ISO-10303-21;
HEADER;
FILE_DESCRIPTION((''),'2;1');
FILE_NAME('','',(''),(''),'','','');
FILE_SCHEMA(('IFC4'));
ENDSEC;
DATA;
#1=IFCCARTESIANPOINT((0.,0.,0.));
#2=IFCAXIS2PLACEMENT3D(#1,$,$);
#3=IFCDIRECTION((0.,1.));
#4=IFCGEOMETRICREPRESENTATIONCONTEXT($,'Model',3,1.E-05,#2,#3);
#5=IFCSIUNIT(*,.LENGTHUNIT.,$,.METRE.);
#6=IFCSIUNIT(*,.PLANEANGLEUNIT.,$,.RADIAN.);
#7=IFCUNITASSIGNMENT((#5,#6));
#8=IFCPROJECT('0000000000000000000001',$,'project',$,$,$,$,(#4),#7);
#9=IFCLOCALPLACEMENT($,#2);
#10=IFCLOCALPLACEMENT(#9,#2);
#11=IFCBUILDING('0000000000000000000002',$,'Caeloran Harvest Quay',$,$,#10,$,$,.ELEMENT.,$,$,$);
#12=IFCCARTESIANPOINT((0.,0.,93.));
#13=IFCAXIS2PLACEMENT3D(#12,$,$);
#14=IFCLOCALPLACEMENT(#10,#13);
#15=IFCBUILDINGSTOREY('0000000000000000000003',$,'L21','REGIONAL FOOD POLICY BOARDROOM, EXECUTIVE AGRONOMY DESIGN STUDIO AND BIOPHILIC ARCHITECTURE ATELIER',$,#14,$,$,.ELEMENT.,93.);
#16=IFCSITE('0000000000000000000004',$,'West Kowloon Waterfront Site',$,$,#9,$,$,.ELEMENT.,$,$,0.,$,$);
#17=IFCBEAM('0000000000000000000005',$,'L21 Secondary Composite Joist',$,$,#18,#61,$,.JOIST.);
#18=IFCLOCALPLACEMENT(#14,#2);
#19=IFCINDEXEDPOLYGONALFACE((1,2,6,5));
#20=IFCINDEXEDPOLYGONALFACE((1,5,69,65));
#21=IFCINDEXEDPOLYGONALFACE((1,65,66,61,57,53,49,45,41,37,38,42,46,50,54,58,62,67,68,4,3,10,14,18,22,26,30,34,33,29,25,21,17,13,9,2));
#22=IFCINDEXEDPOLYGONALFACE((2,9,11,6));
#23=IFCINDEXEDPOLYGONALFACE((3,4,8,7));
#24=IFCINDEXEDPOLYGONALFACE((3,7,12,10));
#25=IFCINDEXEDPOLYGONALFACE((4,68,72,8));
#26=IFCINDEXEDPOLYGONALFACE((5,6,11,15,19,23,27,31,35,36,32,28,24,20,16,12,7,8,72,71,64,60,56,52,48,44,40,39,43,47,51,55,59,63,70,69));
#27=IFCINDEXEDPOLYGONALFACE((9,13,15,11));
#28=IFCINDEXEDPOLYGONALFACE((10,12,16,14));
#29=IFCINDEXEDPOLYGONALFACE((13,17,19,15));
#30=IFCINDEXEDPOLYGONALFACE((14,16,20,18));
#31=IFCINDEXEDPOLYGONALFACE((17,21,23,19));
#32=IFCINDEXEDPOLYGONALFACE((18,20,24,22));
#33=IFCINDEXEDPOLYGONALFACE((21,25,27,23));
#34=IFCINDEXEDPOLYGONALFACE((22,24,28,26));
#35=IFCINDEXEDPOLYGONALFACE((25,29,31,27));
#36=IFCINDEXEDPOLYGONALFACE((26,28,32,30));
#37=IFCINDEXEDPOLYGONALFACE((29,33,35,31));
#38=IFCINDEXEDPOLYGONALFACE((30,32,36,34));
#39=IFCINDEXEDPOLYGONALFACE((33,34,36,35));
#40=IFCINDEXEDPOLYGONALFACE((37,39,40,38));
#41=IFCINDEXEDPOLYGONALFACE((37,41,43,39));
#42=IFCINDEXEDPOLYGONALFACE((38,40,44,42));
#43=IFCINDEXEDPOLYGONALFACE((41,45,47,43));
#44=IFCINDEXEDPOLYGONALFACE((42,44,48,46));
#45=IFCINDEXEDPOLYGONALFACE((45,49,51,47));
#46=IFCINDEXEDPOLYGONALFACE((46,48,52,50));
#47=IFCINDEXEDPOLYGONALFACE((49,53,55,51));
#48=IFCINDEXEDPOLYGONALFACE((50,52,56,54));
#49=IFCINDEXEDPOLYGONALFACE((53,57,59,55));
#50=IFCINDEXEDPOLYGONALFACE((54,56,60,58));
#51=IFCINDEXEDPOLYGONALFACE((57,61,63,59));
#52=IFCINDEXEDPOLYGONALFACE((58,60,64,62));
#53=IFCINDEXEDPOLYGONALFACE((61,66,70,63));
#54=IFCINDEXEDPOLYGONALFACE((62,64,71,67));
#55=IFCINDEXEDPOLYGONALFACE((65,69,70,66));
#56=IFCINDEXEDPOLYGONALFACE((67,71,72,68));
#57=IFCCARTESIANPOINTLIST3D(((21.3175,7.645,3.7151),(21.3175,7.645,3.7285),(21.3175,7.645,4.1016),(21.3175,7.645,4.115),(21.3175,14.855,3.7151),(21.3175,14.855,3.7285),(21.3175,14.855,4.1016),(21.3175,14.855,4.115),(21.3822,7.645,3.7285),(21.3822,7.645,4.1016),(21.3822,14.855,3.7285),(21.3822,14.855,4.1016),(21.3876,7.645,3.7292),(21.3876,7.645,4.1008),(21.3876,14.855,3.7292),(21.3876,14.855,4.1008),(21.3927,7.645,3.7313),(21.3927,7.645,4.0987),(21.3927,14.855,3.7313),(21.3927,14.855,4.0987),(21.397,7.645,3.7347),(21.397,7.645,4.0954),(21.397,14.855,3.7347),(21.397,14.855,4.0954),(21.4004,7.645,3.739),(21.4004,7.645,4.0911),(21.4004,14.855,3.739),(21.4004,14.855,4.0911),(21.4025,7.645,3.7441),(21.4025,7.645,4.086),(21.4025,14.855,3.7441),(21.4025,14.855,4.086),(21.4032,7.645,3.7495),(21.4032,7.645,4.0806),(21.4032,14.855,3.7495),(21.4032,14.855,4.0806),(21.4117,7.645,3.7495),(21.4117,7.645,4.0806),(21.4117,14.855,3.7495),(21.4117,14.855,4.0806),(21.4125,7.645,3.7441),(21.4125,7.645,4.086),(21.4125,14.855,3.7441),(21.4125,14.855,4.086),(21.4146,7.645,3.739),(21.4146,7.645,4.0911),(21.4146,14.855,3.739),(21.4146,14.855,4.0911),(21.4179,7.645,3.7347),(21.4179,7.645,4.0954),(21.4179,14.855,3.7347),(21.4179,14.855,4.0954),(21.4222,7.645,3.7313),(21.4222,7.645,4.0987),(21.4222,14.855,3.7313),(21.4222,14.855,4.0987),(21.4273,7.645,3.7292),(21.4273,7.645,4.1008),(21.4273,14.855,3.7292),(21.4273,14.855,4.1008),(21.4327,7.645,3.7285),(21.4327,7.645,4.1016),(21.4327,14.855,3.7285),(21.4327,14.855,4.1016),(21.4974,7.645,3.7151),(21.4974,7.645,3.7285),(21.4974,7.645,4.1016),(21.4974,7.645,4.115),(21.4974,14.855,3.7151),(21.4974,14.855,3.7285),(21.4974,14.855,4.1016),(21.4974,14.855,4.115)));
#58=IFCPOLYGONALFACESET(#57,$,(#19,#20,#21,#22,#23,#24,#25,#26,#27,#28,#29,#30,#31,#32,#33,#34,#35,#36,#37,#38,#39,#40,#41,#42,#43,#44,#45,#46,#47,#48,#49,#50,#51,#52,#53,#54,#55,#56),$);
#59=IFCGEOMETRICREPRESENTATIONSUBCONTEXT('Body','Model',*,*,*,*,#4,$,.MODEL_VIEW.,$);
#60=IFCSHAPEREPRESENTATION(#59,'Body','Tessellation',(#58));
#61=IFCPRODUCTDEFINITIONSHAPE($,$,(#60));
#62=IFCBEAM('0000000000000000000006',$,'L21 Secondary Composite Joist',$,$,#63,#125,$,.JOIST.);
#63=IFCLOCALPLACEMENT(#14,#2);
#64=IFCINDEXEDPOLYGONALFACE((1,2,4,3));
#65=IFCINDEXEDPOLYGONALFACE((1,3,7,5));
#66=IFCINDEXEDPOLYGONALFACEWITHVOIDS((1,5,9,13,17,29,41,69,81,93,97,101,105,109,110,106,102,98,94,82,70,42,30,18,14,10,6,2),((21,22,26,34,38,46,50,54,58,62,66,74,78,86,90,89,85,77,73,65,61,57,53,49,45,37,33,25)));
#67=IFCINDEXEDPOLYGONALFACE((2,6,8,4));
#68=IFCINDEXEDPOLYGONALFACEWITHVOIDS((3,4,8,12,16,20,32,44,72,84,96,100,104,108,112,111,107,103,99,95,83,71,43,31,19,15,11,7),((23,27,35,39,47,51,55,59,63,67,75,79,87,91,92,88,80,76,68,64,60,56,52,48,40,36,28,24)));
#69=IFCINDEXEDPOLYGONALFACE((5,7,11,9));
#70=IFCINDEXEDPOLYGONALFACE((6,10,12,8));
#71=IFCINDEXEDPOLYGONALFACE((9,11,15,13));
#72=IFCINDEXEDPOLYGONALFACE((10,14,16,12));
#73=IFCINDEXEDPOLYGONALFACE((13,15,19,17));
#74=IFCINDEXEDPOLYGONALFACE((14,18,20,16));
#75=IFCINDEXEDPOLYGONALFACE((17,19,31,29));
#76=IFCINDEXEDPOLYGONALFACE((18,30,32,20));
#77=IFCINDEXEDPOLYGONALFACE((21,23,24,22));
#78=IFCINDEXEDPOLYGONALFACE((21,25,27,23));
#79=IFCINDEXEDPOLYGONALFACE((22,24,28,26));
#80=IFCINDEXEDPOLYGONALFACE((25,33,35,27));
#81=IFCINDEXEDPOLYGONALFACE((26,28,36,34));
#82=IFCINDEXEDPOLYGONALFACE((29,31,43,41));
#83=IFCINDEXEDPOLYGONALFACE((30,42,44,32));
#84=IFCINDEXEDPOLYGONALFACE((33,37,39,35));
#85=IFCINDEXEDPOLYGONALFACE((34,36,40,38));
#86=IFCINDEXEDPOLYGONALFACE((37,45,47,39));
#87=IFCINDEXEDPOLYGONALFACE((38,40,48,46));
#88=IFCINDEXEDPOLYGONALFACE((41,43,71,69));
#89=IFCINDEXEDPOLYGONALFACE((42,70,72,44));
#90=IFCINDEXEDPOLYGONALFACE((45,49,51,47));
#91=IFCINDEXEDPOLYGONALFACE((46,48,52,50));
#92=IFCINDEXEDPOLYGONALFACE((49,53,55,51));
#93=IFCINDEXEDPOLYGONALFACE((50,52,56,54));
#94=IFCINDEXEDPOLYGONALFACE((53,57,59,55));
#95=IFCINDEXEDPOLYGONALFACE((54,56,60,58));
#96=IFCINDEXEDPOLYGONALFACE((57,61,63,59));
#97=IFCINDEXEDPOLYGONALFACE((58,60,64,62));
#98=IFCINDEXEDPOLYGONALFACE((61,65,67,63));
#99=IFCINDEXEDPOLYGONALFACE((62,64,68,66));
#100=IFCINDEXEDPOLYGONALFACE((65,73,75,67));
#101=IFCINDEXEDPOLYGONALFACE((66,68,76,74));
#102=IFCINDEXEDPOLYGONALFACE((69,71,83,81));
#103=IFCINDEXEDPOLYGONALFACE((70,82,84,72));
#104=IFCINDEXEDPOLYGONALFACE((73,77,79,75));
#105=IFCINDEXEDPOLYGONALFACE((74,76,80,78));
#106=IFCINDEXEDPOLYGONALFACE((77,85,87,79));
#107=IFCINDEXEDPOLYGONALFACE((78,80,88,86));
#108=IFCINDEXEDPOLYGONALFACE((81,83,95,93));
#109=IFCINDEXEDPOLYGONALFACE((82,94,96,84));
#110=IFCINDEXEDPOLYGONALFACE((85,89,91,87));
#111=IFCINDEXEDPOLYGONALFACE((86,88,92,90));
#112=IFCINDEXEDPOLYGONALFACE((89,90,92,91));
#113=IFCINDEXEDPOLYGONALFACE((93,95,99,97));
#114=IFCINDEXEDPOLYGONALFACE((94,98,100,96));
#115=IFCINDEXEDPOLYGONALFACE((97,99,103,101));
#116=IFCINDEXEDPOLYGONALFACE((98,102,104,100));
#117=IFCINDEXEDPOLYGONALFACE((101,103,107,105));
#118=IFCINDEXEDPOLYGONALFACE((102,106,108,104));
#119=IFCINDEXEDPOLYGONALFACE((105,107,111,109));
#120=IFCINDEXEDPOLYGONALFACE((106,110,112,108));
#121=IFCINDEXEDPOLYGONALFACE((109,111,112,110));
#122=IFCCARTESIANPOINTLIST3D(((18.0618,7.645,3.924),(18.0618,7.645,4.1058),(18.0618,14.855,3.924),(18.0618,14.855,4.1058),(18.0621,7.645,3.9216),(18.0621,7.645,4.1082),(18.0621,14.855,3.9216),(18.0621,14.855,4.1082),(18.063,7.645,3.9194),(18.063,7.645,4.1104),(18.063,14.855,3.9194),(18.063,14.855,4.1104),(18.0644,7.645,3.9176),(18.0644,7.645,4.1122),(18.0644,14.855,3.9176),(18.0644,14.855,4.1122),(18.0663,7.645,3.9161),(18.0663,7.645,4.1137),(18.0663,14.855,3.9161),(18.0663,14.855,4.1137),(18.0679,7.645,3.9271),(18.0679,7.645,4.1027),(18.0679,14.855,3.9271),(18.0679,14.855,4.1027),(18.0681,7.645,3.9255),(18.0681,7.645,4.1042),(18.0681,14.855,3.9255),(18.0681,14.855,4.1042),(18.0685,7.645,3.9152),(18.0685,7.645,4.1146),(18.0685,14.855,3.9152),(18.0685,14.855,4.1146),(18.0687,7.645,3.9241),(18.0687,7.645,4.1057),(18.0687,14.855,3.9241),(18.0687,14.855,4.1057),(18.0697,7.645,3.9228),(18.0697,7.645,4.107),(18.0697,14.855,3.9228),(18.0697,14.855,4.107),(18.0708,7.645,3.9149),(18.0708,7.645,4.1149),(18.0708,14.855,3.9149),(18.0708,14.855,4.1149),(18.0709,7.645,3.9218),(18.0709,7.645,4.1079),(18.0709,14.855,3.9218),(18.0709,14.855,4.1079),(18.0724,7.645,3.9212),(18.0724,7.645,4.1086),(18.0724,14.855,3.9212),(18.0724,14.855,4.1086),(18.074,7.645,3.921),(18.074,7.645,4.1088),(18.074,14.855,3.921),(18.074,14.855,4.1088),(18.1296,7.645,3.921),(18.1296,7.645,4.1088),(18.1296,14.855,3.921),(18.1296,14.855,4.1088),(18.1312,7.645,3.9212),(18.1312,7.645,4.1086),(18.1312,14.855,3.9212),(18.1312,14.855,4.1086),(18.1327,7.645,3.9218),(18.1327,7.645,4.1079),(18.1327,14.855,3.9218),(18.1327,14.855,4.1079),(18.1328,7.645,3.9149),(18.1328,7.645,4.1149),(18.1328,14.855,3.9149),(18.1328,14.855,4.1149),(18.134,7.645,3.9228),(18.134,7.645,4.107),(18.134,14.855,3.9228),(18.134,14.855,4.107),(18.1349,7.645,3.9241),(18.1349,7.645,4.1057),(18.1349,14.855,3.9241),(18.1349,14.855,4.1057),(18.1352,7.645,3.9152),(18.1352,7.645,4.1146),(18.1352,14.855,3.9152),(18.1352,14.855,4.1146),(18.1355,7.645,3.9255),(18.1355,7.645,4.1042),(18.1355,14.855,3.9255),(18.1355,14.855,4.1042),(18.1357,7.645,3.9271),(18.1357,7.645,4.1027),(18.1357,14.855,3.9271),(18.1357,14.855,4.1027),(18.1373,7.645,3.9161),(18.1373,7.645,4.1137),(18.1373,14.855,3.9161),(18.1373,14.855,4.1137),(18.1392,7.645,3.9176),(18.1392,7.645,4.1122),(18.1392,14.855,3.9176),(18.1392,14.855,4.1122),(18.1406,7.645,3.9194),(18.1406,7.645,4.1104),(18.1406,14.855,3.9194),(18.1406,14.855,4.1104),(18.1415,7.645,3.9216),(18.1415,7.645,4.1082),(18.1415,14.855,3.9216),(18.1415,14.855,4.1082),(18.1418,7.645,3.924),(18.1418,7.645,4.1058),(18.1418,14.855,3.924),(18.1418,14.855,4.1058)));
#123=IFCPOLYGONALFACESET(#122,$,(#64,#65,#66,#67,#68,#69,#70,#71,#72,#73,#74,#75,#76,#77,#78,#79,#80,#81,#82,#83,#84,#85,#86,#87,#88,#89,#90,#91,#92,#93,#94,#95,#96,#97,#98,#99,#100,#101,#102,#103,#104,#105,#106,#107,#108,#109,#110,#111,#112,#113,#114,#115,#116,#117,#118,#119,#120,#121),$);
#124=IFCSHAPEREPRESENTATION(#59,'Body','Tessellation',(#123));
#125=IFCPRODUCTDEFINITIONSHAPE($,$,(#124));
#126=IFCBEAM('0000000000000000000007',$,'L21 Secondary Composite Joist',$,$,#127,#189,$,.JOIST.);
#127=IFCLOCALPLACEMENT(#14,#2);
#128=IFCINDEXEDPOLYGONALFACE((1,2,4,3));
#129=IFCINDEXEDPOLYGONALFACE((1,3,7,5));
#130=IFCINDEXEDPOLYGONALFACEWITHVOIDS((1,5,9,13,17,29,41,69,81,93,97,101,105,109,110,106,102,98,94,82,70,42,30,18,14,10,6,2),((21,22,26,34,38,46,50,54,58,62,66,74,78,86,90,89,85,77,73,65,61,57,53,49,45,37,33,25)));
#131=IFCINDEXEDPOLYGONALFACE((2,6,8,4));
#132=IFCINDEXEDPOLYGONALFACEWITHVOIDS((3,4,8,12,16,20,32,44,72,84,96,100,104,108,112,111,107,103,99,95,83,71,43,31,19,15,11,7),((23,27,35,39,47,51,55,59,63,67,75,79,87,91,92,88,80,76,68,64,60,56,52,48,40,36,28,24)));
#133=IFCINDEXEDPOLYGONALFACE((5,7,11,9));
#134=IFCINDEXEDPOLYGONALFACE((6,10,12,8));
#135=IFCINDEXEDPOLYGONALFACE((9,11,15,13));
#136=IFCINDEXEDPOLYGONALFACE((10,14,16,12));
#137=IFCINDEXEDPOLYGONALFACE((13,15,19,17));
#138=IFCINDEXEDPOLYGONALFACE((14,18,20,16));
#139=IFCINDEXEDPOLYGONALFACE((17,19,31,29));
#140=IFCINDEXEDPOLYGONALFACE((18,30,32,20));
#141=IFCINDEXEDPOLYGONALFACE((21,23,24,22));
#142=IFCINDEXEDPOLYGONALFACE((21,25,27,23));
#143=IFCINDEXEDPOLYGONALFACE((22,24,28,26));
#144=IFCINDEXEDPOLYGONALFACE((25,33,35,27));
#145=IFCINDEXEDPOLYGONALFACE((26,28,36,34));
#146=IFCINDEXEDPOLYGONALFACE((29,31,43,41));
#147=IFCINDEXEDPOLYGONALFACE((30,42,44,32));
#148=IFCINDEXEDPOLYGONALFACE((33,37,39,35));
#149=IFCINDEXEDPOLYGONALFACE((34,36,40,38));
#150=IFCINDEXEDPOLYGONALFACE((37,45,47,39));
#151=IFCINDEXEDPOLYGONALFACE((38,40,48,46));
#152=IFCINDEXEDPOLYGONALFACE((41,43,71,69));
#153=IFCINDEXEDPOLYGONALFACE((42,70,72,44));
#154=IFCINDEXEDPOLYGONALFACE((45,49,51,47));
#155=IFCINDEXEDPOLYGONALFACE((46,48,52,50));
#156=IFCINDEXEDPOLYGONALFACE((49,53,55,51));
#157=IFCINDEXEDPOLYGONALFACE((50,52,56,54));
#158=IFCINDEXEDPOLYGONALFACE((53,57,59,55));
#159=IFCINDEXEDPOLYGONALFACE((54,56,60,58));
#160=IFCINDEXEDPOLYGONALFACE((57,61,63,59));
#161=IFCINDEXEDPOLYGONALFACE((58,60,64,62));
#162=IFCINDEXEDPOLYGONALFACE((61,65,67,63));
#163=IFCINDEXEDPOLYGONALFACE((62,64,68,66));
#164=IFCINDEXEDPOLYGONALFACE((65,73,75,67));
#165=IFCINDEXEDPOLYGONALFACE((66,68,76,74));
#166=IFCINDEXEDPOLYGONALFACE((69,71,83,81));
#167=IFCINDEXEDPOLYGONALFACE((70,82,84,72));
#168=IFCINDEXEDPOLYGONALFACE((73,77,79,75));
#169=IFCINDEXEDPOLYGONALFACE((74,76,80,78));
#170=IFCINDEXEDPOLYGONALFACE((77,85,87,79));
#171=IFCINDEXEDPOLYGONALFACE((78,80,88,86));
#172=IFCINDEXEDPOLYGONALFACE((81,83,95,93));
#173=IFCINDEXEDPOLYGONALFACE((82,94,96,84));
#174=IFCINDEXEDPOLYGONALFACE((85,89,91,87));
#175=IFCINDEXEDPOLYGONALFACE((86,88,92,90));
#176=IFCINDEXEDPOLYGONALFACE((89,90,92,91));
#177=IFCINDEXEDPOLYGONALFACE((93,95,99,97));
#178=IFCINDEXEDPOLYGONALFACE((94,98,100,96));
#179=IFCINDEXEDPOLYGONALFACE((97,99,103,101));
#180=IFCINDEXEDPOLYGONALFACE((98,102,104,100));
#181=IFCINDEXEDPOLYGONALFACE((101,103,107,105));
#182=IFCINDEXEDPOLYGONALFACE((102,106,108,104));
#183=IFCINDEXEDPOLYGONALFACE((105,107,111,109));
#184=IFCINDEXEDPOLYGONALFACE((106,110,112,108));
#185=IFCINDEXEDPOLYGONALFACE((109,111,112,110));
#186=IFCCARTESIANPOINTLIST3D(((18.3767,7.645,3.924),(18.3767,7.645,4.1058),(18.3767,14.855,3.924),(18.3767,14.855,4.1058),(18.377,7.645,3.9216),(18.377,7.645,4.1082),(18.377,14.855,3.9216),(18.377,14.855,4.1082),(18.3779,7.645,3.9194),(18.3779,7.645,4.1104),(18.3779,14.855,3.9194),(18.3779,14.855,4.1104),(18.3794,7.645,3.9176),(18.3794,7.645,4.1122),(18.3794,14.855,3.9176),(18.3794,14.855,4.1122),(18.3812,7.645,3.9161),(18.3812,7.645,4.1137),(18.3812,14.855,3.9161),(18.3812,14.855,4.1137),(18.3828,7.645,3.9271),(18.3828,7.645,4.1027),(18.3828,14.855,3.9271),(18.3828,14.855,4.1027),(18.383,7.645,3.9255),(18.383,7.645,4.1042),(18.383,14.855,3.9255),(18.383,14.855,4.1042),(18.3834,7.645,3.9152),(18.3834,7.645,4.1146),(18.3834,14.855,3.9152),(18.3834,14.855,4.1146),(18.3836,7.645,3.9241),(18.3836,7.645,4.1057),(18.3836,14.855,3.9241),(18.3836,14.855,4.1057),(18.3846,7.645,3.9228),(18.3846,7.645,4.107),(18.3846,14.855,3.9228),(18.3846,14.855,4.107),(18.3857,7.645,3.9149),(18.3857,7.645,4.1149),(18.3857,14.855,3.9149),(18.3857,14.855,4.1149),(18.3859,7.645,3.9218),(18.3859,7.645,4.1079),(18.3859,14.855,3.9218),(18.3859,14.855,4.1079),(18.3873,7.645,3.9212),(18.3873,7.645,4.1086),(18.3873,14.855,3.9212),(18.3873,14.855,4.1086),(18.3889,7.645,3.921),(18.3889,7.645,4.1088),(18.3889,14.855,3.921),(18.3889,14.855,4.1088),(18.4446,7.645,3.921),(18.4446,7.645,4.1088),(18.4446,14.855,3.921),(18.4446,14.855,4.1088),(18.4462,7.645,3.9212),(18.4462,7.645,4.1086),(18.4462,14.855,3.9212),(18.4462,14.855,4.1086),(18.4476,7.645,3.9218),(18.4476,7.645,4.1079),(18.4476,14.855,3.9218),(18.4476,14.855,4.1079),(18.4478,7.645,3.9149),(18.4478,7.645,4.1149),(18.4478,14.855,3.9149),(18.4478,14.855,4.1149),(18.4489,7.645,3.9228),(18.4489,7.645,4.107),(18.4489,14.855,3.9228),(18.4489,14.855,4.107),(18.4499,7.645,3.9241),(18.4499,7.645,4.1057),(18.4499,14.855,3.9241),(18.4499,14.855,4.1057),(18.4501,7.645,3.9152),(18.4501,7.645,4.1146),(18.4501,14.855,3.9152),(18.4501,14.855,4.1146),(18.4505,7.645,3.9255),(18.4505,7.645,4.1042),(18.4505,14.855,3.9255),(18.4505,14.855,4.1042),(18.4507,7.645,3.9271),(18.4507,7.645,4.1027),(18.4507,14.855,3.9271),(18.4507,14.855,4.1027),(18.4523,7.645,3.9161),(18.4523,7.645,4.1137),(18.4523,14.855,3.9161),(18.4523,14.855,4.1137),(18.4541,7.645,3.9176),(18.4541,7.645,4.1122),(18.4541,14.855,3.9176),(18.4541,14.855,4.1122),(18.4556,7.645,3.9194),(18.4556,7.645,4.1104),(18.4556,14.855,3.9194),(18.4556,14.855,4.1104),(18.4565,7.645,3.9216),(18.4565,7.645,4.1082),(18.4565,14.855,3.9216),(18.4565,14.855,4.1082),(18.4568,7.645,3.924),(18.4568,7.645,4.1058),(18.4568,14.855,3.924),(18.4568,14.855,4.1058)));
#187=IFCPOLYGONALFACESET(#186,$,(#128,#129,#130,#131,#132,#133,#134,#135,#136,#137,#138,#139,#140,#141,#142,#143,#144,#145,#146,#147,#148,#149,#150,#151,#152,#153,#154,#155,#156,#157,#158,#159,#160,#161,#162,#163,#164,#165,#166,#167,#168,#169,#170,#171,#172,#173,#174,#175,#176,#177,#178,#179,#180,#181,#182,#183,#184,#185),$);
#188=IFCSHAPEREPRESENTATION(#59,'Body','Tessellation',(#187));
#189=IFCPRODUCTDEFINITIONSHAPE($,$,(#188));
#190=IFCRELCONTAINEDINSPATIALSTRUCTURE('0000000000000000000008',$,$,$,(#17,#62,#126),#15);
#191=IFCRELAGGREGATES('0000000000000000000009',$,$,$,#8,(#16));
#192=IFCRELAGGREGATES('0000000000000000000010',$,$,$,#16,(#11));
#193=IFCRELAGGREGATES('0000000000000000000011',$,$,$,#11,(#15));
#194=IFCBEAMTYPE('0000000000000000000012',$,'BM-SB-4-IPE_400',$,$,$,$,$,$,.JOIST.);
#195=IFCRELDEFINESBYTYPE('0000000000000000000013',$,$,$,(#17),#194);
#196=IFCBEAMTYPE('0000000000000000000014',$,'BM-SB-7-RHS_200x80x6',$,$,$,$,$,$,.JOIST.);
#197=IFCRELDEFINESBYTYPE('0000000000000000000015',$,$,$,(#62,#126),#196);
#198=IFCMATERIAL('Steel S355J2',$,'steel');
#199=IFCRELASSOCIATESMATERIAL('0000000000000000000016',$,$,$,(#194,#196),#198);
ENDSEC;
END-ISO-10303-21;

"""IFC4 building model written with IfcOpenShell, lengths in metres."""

from ifc_helpers import new_model, si_unit, direction, frame, origin, origin_2d, place, context, subcontext, project, spatial, hollow_rectangle, i_section, extrude, material, material_profile, profile_set, type_object, element, save


model = new_model("IFC4")

# Units and contexts
model_context = context("Model", 3, precision=1e-05, world=origin(), true_north=direction((0.0, 1.0)))
body_context = subcontext(model_context, "Body", "Model", "MODEL_VIEW")
ifc_project = project(units=[si_unit("LENGTHUNIT", "METRE"), si_unit("PLANEANGLEUNIT", "RADIAN")], contexts=[model_context])

# Site, building, storey
site_placement = place(None, origin())
site = spatial("IfcSite", under=ifc_project, at=site_placement, Name="West Kowloon Waterfront Site", CompositionType="ELEMENT", RefElevation=0.0)
building_placement = place(site_placement, origin())
building = spatial("IfcBuilding", under=site, at=building_placement, Name="Caeloran Harvest Quay", CompositionType="ELEMENT")
storey_placement = place(building_placement, frame((0.0, 0.0, 93.0)))
storey = spatial("IfcBuildingStorey", under=building, at=storey_placement, Name="L21", Description="REGIONAL FOOD POLICY BOARDROOM, EXECUTIVE AGRONOMY DESIGN STUDIO AND BIOPHILIC ARCHITECTURE ATELIER", CompositionType="ELEMENT", Elevation=93.0)

# Beams
ifc_material_1 = material(Name="Steel S355J2", Category="steel")
ifc_material_profile_1 = material_profile(ifc_material_1, i_section(OverallWidth=0.1799, OverallDepth=0.3999, WebThickness=0.0085, FlangeThickness=0.0134, FilletRadius=0.021, at=origin_2d()), Name="IPE 400")
ifc_profile_set_1 = profile_set([ifc_material_profile_1], Name="Steel S355J2")
beam_type_1 = type_object("IfcBeamType", Name="BM-SB-4-IPE_400", PredefinedType="JOIST", material=ifc_profile_set_1)
for number, where, z_axis, x_axis, name in (
    (1, (21.4075, 7.645, 3.915), (0.0, 1.0, 0.0), (-1.0, 0.0, 0.0), "L21 Secondary Composite Joist"),
):
    element("IfcBeam", number, at=place(storey_placement, frame(where, z_axis=z_axis, x_axis=x_axis)), inside=storey, type_object=beam_type_1, Name=name, PredefinedType="JOIST", context=body_context, shape_type="SweptSolid", body=[
        extrude(i_section(OverallWidth=0.1799, OverallDepth=0.3999, WebThickness=0.0085, FlangeThickness=0.0134, FilletRadius=0.021, at=origin_2d()), origin(), (0.0, 0.0, 1.0), 7.21),
    ])
ifc_material_profile_2 = material_profile(ifc_material_1, hollow_rectangle(XDim=0.0801, YDim=0.2, WallThickness=0.0061, InnerFilletRadius=0.0061, OuterFilletRadius=0.009, at=origin_2d()), Name="RHS 200x80x6")
ifc_profile_set_2 = profile_set([ifc_material_profile_2], Name="Steel S355J2")
beam_type_2 = type_object("IfcBeamType", Name="BM-SB-7-RHS_200x80x6", PredefinedType="JOIST", material=ifc_profile_set_2)
for number, where, z_axis, x_axis, name in (
    (2, (18.1018, 7.645, 4.0149), (0.0, 1.0, 0.0), (-1.0, 0.0, 0.0), "L21 Secondary Composite Joist"),
    (3, (18.4167, 7.645, 4.0149), (0.0, 1.0, 0.0), (-1.0, 0.0, 0.0), "L21 Secondary Composite Joist"),
):
    element("IfcBeam", number, at=place(storey_placement, frame(where, z_axis=z_axis, x_axis=x_axis)), inside=storey, type_object=beam_type_2, Name=name, PredefinedType="JOIST", context=body_context, shape_type="SweptSolid", body=[
        extrude(hollow_rectangle(XDim=0.0801, YDim=0.2, WallThickness=0.0061, InnerFilletRadius=0.0061, OuterFilletRadius=0.009, at=origin_2d()), origin(), (0.0, 0.0, 1.0), 7.21),
    ])

save(model, "model.ifc")
